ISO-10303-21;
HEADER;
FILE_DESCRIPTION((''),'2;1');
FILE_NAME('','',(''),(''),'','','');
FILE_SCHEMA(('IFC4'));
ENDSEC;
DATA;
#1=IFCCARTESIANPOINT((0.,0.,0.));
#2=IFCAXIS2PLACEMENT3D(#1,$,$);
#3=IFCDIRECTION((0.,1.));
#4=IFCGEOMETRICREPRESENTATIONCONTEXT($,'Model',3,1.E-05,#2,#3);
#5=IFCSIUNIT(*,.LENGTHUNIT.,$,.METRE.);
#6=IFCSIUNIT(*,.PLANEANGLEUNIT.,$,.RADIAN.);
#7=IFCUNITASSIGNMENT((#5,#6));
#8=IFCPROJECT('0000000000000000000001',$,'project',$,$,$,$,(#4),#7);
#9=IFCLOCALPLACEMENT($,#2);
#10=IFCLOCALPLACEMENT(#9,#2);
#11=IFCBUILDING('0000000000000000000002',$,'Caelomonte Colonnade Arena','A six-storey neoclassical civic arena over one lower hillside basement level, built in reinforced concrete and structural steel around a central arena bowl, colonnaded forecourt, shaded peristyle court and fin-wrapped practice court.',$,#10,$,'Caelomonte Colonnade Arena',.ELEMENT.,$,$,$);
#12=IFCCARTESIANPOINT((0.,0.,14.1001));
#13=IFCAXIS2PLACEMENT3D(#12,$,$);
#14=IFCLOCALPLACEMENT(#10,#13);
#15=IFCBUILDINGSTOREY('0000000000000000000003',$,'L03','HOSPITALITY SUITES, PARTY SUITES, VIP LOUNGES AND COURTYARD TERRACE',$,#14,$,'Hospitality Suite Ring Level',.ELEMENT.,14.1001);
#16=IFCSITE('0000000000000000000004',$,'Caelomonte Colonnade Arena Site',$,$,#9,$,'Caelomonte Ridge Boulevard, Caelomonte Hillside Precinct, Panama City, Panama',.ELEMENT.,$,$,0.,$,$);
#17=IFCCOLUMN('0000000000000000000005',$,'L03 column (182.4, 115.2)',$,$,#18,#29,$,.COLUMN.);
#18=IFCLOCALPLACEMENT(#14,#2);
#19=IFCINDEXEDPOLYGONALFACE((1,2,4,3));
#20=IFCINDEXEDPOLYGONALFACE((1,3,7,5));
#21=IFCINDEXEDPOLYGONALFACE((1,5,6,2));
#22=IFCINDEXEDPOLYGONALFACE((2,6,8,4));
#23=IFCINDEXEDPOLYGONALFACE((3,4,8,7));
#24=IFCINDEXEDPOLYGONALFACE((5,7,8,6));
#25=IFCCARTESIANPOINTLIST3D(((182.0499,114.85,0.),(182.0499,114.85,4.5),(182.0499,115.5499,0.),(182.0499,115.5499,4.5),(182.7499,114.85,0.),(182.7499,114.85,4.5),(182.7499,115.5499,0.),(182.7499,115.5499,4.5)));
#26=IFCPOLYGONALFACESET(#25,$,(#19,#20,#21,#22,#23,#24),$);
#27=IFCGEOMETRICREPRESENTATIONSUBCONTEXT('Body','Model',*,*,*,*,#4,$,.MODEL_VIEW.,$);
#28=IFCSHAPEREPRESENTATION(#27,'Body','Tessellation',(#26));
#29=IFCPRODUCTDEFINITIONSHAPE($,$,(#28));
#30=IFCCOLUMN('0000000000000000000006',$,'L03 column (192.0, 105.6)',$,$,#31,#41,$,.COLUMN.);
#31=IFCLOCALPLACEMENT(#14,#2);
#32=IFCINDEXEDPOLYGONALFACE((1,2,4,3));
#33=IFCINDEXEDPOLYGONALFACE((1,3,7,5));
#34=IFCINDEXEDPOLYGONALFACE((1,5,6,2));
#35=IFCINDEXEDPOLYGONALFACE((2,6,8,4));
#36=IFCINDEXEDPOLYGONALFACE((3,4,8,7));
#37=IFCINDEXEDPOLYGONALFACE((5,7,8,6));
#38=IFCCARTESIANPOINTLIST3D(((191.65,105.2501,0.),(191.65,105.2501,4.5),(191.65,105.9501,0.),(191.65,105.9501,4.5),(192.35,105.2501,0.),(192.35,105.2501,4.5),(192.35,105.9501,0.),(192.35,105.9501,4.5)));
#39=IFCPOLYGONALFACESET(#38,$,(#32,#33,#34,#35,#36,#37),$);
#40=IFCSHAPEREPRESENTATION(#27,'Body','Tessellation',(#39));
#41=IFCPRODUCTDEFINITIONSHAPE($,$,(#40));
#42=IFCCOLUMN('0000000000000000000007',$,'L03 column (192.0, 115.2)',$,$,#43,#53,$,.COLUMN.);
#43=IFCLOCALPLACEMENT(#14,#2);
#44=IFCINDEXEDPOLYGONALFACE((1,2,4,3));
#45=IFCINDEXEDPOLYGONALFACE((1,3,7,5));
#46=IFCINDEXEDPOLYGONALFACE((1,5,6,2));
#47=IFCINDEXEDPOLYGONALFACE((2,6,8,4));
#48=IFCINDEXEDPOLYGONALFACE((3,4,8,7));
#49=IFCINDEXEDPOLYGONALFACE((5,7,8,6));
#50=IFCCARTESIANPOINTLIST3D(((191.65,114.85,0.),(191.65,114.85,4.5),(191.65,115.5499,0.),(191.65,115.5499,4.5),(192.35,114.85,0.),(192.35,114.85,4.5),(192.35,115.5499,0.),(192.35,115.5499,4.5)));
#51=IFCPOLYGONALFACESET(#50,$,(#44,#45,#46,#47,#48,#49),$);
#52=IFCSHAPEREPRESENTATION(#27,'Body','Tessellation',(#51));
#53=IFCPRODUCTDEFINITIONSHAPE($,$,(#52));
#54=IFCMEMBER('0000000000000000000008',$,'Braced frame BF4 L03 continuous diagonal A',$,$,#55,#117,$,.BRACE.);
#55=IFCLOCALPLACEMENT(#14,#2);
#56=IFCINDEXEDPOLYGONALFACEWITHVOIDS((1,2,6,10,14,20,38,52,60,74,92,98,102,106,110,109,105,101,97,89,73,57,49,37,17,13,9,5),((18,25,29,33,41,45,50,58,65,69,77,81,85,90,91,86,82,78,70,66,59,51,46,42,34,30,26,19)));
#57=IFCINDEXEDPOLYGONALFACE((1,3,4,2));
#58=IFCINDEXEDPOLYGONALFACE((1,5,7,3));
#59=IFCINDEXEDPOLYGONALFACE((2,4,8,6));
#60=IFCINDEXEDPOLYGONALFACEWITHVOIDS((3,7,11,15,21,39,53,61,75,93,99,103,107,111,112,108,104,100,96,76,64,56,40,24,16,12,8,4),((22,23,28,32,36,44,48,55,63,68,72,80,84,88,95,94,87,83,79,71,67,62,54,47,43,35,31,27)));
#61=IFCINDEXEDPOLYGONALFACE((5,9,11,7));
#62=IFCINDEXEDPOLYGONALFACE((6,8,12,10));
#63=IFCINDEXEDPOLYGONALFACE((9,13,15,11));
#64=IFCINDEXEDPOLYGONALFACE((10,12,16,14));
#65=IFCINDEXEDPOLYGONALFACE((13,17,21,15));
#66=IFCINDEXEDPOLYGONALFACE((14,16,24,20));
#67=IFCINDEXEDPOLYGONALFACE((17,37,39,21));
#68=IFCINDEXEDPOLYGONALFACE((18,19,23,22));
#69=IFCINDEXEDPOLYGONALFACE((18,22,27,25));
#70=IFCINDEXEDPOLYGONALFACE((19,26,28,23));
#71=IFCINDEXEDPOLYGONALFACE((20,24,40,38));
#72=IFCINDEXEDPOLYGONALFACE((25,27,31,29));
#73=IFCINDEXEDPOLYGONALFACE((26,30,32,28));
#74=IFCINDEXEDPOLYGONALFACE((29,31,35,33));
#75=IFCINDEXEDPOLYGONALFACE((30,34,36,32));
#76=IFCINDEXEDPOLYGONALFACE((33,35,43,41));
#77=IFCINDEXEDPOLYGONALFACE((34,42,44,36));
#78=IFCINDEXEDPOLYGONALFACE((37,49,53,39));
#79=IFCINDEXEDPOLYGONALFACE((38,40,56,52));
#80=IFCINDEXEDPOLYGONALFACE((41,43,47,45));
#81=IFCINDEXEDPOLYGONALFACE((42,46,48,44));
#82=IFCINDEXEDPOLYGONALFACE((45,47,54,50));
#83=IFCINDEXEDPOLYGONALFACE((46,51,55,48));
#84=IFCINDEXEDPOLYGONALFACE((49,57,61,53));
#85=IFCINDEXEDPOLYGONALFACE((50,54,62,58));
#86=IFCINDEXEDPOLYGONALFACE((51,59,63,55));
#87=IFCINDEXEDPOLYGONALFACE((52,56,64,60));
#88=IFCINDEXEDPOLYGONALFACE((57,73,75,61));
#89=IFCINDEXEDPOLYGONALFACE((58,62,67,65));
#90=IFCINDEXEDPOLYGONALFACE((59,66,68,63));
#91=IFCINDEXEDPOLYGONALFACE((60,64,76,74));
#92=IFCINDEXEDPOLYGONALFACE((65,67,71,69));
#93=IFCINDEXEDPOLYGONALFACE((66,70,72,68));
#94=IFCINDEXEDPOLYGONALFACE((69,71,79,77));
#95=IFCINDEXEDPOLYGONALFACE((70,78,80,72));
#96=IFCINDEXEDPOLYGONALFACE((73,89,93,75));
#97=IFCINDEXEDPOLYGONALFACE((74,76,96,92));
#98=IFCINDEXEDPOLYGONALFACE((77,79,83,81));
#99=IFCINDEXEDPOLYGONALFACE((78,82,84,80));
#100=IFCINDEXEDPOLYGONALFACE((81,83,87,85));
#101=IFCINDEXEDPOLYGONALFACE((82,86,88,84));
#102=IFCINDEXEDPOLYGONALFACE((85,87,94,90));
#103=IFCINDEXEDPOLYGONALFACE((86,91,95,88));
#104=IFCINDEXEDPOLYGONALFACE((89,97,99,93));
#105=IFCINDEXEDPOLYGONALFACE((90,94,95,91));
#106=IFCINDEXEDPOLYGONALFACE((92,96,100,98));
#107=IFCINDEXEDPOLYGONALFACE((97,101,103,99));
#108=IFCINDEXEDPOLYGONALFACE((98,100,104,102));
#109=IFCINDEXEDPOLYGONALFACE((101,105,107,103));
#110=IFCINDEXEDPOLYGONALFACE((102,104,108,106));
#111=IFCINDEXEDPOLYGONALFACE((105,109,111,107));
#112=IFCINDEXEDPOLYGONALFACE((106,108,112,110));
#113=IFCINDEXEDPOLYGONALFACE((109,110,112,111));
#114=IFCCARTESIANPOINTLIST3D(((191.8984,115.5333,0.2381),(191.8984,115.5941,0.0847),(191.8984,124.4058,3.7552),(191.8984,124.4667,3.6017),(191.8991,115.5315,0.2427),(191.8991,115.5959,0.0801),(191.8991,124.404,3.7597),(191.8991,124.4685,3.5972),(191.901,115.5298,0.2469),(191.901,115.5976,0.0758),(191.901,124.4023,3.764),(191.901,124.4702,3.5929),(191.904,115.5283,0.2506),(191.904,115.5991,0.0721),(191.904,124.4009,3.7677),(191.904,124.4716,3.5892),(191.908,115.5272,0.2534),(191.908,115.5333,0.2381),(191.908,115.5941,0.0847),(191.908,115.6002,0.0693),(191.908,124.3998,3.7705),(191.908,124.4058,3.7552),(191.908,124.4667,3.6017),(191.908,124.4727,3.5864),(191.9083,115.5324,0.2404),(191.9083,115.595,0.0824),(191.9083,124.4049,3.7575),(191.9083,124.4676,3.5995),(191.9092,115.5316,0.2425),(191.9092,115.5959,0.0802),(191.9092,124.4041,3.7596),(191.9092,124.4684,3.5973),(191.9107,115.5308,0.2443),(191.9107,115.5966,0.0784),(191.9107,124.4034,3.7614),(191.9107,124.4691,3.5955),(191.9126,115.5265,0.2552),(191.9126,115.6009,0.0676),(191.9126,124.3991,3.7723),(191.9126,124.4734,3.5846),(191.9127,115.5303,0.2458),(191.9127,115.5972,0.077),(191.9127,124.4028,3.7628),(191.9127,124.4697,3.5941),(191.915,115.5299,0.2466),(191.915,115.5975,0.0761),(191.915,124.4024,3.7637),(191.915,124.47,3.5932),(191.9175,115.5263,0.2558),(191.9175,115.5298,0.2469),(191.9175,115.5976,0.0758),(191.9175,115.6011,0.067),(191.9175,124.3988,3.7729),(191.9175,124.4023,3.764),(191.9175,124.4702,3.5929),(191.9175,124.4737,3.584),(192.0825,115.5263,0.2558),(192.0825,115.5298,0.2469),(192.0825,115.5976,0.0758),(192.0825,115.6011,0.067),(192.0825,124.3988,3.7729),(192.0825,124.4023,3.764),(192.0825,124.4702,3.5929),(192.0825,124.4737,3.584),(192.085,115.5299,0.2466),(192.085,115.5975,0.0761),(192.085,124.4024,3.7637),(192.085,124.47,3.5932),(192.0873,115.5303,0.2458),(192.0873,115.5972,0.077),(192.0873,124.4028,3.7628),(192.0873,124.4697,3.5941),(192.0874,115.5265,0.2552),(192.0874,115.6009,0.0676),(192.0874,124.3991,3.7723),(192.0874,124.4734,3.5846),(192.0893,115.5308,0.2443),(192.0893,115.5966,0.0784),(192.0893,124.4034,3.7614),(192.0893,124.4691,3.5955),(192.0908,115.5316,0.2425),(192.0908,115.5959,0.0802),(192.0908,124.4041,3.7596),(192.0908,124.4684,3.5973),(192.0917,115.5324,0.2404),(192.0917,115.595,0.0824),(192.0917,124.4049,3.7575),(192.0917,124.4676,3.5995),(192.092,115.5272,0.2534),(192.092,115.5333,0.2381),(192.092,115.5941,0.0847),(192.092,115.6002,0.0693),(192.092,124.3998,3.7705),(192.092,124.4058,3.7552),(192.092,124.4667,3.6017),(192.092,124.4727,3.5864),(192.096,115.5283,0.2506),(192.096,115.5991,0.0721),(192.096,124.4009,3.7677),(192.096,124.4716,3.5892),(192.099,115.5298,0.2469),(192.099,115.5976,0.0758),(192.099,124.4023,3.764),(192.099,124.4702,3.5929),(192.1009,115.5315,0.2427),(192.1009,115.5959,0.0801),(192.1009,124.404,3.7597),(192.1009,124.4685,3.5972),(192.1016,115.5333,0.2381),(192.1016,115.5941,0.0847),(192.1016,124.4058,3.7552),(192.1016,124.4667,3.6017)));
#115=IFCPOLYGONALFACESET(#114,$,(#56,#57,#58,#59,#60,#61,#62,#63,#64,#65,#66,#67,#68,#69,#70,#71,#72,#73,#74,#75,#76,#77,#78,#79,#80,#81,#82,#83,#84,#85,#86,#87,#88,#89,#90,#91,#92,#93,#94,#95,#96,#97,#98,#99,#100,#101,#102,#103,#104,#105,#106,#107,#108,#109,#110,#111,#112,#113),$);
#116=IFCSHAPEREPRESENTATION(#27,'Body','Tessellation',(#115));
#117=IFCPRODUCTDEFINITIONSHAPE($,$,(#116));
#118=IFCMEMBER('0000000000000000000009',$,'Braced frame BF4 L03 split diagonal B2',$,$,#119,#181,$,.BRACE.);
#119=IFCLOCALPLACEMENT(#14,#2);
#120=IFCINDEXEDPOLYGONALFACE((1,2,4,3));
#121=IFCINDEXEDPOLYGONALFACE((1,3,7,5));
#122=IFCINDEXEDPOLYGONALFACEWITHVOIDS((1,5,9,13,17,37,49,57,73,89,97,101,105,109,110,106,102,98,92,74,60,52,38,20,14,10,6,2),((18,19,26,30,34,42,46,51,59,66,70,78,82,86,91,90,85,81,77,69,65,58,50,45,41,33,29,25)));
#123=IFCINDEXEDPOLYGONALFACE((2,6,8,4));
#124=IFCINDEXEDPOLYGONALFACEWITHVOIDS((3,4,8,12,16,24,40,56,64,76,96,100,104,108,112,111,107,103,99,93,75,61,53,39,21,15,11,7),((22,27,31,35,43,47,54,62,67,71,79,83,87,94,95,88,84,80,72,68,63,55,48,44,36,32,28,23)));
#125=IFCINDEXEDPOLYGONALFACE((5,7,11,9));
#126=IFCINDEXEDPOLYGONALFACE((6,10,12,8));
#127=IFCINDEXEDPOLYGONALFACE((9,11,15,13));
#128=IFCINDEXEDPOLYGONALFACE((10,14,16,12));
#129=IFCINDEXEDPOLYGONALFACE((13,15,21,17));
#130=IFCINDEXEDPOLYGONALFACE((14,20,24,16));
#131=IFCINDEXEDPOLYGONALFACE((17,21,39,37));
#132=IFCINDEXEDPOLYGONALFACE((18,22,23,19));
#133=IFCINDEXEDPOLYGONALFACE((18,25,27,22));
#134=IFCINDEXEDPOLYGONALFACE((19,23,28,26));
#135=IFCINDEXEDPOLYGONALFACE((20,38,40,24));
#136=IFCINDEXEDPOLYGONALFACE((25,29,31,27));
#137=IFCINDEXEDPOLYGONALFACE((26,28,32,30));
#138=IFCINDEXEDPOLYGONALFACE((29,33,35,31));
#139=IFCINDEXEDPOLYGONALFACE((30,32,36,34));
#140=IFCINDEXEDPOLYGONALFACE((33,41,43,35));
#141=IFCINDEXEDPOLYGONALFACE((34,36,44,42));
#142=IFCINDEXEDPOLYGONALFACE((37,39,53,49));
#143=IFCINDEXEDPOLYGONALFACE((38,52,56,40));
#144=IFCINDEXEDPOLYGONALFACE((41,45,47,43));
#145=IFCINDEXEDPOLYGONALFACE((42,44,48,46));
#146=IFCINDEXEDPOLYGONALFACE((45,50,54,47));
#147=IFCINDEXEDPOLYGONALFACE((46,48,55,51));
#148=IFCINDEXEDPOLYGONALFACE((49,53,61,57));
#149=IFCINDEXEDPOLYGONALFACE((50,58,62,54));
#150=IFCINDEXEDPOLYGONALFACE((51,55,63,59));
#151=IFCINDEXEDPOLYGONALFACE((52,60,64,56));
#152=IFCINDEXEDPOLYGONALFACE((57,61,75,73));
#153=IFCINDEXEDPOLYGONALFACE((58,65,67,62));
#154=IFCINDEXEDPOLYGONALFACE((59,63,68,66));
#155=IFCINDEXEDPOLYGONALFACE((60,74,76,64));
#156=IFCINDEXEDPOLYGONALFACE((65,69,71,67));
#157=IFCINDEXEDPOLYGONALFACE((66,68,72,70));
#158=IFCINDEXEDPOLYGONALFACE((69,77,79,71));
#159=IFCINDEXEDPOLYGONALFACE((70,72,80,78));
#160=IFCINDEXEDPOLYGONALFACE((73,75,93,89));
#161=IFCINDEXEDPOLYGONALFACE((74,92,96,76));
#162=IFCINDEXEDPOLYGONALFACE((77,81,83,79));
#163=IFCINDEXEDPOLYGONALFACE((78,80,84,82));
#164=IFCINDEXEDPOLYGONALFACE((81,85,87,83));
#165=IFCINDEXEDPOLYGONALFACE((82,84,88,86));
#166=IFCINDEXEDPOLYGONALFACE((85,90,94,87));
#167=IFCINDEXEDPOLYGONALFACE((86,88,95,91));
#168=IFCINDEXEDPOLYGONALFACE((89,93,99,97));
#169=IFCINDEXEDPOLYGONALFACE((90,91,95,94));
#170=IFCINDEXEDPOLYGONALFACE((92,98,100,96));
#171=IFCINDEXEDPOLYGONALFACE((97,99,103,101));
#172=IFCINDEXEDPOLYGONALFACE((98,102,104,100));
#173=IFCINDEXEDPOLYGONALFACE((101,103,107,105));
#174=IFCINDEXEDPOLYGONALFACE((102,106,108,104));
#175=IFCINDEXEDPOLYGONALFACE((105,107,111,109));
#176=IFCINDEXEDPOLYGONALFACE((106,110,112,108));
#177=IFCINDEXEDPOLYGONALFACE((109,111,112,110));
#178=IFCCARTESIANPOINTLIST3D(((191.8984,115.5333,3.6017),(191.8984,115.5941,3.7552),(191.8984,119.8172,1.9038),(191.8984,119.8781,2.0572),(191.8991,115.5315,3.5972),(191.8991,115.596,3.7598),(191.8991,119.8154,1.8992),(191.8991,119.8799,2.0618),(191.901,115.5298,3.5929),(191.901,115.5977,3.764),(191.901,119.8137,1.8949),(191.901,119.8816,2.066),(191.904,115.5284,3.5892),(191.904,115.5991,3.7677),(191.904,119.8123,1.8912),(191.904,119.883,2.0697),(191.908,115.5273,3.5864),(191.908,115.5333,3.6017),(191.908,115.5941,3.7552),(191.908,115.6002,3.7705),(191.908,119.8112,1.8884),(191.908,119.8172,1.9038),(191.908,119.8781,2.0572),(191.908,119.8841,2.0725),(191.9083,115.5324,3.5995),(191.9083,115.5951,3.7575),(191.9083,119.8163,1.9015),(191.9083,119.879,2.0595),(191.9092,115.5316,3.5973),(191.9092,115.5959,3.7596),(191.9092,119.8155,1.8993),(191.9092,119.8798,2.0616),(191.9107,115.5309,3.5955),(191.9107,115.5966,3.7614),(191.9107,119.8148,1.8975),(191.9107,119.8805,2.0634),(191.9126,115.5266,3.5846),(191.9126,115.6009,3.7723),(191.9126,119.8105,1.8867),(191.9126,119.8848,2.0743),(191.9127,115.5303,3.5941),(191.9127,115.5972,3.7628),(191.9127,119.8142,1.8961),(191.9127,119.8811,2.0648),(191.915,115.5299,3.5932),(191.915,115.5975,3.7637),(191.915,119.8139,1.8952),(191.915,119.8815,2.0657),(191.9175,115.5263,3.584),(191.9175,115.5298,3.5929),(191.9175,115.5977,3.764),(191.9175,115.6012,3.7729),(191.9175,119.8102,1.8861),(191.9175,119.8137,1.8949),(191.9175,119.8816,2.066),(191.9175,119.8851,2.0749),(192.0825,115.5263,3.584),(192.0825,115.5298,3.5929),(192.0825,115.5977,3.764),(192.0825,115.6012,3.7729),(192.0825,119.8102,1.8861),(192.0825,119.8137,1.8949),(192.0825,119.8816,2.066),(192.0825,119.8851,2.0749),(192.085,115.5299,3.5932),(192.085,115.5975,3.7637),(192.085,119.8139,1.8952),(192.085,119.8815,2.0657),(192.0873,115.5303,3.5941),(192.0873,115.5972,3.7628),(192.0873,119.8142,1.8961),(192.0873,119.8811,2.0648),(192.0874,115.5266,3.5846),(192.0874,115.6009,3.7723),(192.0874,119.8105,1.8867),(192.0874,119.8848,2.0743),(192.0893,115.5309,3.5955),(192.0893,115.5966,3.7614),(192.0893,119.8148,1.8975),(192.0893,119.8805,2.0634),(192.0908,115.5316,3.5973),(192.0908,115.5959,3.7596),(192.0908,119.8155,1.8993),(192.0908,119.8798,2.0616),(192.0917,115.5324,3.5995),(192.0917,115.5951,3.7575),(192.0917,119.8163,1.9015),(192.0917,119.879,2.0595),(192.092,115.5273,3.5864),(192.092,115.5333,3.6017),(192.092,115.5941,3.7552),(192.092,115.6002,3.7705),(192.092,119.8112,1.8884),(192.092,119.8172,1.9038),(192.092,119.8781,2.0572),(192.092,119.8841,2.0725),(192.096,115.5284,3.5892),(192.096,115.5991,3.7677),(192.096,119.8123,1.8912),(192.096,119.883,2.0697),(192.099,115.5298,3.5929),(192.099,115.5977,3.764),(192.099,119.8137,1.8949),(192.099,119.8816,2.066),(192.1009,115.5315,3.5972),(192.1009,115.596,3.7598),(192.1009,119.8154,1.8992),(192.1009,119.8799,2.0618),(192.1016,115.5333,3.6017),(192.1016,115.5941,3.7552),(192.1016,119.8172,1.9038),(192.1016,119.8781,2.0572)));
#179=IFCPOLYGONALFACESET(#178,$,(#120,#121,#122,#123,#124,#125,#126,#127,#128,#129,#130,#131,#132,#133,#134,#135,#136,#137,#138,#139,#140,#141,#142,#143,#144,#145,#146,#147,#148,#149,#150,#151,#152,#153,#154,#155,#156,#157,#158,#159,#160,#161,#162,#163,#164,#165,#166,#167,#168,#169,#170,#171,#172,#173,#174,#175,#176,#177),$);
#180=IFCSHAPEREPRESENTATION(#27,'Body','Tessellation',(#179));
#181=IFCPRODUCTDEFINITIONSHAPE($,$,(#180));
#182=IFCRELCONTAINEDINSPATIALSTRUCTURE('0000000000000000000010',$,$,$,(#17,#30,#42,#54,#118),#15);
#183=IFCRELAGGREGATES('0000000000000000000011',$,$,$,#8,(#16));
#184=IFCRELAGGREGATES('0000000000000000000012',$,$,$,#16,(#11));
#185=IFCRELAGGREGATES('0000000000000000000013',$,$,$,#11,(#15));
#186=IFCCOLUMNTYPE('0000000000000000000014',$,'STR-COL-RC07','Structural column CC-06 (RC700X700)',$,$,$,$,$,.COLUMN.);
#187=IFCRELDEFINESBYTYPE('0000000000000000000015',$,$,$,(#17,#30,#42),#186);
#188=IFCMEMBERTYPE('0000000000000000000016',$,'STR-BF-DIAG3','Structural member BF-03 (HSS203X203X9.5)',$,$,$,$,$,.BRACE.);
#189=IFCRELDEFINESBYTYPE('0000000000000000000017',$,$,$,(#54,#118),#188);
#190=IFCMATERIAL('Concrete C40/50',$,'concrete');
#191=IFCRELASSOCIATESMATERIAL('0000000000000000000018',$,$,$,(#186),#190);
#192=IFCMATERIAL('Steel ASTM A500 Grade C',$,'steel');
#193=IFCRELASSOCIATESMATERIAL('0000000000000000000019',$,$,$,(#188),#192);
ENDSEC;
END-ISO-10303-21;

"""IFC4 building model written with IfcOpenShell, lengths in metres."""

from ifc_helpers import new_model, si_unit, direction, frame, origin, origin_2d, place, context, subcontext, project, spatial, rectangle, hollow_rectangle, extrude, material, material_profile, profile_set, type_object, element, save


model = new_model("IFC4")

# Units and contexts
model_context = context("Model", 3, precision=1e-05, world=origin(), true_north=direction((0.0, 1.0)))
body_context = subcontext(model_context, "Body", "Model", "MODEL_VIEW")
ifc_project = project(units=[si_unit("LENGTHUNIT", "METRE"), si_unit("PLANEANGLEUNIT", "RADIAN")], contexts=[model_context])

# Site, building, storey
site_placement = place(None, origin())
site = spatial("IfcSite", under=ifc_project, at=site_placement, Name="Caelomonte Colonnade Arena Site", LongName="Caelomonte Ridge Boulevard, Caelomonte Hillside Precinct, Panama City, Panama", CompositionType="ELEMENT", RefElevation=0.0)
building_placement = place(site_placement, origin())
building = spatial("IfcBuilding", under=site, at=building_placement, Name="Caelomonte Colonnade Arena", Description="A six-storey neoclassical civic arena over one lower hillside basement level, built in reinforced concrete and structural steel around a central arena bowl, colonnaded forecourt, shaded peristyle court and fin-wrapped practice court.", LongName="Caelomonte Colonnade Arena", CompositionType="ELEMENT")
storey_placement = place(building_placement, frame((0.0, 0.0, 14.1001)))
storey = spatial("IfcBuildingStorey", under=building, at=storey_placement, Name="L03", Description="HOSPITALITY SUITES, PARTY SUITES, VIP LOUNGES AND COURTYARD TERRACE", LongName="Hospitality Suite Ring Level", CompositionType="ELEMENT", Elevation=14.1001)

# Columns
ifc_material_1 = material(Name="Concrete C40/50", Category="concrete")
ifc_material_profile_1 = material_profile(ifc_material_1, rectangle(XDim=0.7, YDim=0.7, at=origin_2d()), Name="RC700X700")
ifc_profile_set_1 = profile_set([ifc_material_profile_1], Name="Concrete C40/50")
column_type = type_object("IfcColumnType", Name="STR-COL-RC07", Description="Structural column CC-06 (RC700X700)", PredefinedType="COLUMN", material=ifc_profile_set_1)
for number, where, z_axis, x_axis, name in (
    (1, (182.3999, 115.2, 0.0), (0.0, 0.0, 1.0), (1.0, 0.0, 0.0), "L03 column (182.4, 115.2)"),
    (2, (192.0, 105.6001, 0.0), (0.0, 0.0, 1.0), (1.0, 0.0, 0.0), "L03 column (192.0, 105.6)"),
    (3, (192.0, 115.2, 0.0), (0.0, 0.0, 1.0), (1.0, 0.0, 0.0), "L03 column (192.0, 115.2)"),
):
    element("IfcColumn", number, at=place(storey_placement, frame(where, z_axis=z_axis, x_axis=x_axis)), inside=storey, type_object=column_type, Name=name, PredefinedType="COLUMN", context=body_context, shape_type="SweptSolid", body=[
        extrude(rectangle(XDim=0.7, YDim=0.7, at=origin_2d()), origin(), (0.0, 0.0, 1.0), 4.5),
    ])

# Members
ifc_material_2 = material(Name="Steel ASTM A500 Grade C", Category="steel")
ifc_material_profile_2 = material_profile(ifc_material_2, hollow_rectangle(XDim=0.2031, YDim=0.2031, WallThickness=0.0095, InnerFilletRadius=0.0095, OuterFilletRadius=0.019, at=origin_2d()), Name="HSS203X203X9.5")
ifc_profile_set_2 = profile_set([ifc_material_profile_2], Name="Steel ASTM A500 Grade C")
member_type = type_object("IfcMemberType", Name="STR-BF-DIAG3", Description="Structural member BF-03 (HSS203X203X9.5)", PredefinedType="BRACE", material=ifc_profile_set_2)
member_1_placement = place(storey_placement, frame((192.0, 115.5637, 0.1614), z_axis=(0.0, 0.929626, 0.368505), x_axis=(-1.0, 0.0, 0.0)))
element("IfcMember", 4, at=member_1_placement, inside=storey, type_object=member_type, Name="Braced frame BF4 L03 continuous diagonal A", PredefinedType="BRACE", context=body_context, shape_type="SweptSolid", body=[
    extrude(hollow_rectangle(XDim=0.2031, YDim=0.2031, WallThickness=0.0095, InnerFilletRadius=0.0095, OuterFilletRadius=0.019, at=origin_2d()), origin(), (0.0, 0.0, 1.0), 9.5442),
])
member_2_placement = place(storey_placement, frame((192.0, 119.8477, 1.9805), z_axis=(0.0, -0.929638, 0.368475), x_axis=(1.0, 0.0, 0.0)))
element("IfcMember", 5, at=member_2_placement, inside=storey, type_object=member_type, Name="Braced frame BF4 L03 split diagonal B2", PredefinedType="BRACE", context=body_context, shape_type="SweptSolid", body=[
    extrude(hollow_rectangle(XDim=0.2031, YDim=0.2031, WallThickness=0.0095, InnerFilletRadius=0.0095, OuterFilletRadius=0.019, at=origin_2d()), origin(), (0.0, 0.0, 1.0), 4.6082),
])

save(model, "model.ifc")
